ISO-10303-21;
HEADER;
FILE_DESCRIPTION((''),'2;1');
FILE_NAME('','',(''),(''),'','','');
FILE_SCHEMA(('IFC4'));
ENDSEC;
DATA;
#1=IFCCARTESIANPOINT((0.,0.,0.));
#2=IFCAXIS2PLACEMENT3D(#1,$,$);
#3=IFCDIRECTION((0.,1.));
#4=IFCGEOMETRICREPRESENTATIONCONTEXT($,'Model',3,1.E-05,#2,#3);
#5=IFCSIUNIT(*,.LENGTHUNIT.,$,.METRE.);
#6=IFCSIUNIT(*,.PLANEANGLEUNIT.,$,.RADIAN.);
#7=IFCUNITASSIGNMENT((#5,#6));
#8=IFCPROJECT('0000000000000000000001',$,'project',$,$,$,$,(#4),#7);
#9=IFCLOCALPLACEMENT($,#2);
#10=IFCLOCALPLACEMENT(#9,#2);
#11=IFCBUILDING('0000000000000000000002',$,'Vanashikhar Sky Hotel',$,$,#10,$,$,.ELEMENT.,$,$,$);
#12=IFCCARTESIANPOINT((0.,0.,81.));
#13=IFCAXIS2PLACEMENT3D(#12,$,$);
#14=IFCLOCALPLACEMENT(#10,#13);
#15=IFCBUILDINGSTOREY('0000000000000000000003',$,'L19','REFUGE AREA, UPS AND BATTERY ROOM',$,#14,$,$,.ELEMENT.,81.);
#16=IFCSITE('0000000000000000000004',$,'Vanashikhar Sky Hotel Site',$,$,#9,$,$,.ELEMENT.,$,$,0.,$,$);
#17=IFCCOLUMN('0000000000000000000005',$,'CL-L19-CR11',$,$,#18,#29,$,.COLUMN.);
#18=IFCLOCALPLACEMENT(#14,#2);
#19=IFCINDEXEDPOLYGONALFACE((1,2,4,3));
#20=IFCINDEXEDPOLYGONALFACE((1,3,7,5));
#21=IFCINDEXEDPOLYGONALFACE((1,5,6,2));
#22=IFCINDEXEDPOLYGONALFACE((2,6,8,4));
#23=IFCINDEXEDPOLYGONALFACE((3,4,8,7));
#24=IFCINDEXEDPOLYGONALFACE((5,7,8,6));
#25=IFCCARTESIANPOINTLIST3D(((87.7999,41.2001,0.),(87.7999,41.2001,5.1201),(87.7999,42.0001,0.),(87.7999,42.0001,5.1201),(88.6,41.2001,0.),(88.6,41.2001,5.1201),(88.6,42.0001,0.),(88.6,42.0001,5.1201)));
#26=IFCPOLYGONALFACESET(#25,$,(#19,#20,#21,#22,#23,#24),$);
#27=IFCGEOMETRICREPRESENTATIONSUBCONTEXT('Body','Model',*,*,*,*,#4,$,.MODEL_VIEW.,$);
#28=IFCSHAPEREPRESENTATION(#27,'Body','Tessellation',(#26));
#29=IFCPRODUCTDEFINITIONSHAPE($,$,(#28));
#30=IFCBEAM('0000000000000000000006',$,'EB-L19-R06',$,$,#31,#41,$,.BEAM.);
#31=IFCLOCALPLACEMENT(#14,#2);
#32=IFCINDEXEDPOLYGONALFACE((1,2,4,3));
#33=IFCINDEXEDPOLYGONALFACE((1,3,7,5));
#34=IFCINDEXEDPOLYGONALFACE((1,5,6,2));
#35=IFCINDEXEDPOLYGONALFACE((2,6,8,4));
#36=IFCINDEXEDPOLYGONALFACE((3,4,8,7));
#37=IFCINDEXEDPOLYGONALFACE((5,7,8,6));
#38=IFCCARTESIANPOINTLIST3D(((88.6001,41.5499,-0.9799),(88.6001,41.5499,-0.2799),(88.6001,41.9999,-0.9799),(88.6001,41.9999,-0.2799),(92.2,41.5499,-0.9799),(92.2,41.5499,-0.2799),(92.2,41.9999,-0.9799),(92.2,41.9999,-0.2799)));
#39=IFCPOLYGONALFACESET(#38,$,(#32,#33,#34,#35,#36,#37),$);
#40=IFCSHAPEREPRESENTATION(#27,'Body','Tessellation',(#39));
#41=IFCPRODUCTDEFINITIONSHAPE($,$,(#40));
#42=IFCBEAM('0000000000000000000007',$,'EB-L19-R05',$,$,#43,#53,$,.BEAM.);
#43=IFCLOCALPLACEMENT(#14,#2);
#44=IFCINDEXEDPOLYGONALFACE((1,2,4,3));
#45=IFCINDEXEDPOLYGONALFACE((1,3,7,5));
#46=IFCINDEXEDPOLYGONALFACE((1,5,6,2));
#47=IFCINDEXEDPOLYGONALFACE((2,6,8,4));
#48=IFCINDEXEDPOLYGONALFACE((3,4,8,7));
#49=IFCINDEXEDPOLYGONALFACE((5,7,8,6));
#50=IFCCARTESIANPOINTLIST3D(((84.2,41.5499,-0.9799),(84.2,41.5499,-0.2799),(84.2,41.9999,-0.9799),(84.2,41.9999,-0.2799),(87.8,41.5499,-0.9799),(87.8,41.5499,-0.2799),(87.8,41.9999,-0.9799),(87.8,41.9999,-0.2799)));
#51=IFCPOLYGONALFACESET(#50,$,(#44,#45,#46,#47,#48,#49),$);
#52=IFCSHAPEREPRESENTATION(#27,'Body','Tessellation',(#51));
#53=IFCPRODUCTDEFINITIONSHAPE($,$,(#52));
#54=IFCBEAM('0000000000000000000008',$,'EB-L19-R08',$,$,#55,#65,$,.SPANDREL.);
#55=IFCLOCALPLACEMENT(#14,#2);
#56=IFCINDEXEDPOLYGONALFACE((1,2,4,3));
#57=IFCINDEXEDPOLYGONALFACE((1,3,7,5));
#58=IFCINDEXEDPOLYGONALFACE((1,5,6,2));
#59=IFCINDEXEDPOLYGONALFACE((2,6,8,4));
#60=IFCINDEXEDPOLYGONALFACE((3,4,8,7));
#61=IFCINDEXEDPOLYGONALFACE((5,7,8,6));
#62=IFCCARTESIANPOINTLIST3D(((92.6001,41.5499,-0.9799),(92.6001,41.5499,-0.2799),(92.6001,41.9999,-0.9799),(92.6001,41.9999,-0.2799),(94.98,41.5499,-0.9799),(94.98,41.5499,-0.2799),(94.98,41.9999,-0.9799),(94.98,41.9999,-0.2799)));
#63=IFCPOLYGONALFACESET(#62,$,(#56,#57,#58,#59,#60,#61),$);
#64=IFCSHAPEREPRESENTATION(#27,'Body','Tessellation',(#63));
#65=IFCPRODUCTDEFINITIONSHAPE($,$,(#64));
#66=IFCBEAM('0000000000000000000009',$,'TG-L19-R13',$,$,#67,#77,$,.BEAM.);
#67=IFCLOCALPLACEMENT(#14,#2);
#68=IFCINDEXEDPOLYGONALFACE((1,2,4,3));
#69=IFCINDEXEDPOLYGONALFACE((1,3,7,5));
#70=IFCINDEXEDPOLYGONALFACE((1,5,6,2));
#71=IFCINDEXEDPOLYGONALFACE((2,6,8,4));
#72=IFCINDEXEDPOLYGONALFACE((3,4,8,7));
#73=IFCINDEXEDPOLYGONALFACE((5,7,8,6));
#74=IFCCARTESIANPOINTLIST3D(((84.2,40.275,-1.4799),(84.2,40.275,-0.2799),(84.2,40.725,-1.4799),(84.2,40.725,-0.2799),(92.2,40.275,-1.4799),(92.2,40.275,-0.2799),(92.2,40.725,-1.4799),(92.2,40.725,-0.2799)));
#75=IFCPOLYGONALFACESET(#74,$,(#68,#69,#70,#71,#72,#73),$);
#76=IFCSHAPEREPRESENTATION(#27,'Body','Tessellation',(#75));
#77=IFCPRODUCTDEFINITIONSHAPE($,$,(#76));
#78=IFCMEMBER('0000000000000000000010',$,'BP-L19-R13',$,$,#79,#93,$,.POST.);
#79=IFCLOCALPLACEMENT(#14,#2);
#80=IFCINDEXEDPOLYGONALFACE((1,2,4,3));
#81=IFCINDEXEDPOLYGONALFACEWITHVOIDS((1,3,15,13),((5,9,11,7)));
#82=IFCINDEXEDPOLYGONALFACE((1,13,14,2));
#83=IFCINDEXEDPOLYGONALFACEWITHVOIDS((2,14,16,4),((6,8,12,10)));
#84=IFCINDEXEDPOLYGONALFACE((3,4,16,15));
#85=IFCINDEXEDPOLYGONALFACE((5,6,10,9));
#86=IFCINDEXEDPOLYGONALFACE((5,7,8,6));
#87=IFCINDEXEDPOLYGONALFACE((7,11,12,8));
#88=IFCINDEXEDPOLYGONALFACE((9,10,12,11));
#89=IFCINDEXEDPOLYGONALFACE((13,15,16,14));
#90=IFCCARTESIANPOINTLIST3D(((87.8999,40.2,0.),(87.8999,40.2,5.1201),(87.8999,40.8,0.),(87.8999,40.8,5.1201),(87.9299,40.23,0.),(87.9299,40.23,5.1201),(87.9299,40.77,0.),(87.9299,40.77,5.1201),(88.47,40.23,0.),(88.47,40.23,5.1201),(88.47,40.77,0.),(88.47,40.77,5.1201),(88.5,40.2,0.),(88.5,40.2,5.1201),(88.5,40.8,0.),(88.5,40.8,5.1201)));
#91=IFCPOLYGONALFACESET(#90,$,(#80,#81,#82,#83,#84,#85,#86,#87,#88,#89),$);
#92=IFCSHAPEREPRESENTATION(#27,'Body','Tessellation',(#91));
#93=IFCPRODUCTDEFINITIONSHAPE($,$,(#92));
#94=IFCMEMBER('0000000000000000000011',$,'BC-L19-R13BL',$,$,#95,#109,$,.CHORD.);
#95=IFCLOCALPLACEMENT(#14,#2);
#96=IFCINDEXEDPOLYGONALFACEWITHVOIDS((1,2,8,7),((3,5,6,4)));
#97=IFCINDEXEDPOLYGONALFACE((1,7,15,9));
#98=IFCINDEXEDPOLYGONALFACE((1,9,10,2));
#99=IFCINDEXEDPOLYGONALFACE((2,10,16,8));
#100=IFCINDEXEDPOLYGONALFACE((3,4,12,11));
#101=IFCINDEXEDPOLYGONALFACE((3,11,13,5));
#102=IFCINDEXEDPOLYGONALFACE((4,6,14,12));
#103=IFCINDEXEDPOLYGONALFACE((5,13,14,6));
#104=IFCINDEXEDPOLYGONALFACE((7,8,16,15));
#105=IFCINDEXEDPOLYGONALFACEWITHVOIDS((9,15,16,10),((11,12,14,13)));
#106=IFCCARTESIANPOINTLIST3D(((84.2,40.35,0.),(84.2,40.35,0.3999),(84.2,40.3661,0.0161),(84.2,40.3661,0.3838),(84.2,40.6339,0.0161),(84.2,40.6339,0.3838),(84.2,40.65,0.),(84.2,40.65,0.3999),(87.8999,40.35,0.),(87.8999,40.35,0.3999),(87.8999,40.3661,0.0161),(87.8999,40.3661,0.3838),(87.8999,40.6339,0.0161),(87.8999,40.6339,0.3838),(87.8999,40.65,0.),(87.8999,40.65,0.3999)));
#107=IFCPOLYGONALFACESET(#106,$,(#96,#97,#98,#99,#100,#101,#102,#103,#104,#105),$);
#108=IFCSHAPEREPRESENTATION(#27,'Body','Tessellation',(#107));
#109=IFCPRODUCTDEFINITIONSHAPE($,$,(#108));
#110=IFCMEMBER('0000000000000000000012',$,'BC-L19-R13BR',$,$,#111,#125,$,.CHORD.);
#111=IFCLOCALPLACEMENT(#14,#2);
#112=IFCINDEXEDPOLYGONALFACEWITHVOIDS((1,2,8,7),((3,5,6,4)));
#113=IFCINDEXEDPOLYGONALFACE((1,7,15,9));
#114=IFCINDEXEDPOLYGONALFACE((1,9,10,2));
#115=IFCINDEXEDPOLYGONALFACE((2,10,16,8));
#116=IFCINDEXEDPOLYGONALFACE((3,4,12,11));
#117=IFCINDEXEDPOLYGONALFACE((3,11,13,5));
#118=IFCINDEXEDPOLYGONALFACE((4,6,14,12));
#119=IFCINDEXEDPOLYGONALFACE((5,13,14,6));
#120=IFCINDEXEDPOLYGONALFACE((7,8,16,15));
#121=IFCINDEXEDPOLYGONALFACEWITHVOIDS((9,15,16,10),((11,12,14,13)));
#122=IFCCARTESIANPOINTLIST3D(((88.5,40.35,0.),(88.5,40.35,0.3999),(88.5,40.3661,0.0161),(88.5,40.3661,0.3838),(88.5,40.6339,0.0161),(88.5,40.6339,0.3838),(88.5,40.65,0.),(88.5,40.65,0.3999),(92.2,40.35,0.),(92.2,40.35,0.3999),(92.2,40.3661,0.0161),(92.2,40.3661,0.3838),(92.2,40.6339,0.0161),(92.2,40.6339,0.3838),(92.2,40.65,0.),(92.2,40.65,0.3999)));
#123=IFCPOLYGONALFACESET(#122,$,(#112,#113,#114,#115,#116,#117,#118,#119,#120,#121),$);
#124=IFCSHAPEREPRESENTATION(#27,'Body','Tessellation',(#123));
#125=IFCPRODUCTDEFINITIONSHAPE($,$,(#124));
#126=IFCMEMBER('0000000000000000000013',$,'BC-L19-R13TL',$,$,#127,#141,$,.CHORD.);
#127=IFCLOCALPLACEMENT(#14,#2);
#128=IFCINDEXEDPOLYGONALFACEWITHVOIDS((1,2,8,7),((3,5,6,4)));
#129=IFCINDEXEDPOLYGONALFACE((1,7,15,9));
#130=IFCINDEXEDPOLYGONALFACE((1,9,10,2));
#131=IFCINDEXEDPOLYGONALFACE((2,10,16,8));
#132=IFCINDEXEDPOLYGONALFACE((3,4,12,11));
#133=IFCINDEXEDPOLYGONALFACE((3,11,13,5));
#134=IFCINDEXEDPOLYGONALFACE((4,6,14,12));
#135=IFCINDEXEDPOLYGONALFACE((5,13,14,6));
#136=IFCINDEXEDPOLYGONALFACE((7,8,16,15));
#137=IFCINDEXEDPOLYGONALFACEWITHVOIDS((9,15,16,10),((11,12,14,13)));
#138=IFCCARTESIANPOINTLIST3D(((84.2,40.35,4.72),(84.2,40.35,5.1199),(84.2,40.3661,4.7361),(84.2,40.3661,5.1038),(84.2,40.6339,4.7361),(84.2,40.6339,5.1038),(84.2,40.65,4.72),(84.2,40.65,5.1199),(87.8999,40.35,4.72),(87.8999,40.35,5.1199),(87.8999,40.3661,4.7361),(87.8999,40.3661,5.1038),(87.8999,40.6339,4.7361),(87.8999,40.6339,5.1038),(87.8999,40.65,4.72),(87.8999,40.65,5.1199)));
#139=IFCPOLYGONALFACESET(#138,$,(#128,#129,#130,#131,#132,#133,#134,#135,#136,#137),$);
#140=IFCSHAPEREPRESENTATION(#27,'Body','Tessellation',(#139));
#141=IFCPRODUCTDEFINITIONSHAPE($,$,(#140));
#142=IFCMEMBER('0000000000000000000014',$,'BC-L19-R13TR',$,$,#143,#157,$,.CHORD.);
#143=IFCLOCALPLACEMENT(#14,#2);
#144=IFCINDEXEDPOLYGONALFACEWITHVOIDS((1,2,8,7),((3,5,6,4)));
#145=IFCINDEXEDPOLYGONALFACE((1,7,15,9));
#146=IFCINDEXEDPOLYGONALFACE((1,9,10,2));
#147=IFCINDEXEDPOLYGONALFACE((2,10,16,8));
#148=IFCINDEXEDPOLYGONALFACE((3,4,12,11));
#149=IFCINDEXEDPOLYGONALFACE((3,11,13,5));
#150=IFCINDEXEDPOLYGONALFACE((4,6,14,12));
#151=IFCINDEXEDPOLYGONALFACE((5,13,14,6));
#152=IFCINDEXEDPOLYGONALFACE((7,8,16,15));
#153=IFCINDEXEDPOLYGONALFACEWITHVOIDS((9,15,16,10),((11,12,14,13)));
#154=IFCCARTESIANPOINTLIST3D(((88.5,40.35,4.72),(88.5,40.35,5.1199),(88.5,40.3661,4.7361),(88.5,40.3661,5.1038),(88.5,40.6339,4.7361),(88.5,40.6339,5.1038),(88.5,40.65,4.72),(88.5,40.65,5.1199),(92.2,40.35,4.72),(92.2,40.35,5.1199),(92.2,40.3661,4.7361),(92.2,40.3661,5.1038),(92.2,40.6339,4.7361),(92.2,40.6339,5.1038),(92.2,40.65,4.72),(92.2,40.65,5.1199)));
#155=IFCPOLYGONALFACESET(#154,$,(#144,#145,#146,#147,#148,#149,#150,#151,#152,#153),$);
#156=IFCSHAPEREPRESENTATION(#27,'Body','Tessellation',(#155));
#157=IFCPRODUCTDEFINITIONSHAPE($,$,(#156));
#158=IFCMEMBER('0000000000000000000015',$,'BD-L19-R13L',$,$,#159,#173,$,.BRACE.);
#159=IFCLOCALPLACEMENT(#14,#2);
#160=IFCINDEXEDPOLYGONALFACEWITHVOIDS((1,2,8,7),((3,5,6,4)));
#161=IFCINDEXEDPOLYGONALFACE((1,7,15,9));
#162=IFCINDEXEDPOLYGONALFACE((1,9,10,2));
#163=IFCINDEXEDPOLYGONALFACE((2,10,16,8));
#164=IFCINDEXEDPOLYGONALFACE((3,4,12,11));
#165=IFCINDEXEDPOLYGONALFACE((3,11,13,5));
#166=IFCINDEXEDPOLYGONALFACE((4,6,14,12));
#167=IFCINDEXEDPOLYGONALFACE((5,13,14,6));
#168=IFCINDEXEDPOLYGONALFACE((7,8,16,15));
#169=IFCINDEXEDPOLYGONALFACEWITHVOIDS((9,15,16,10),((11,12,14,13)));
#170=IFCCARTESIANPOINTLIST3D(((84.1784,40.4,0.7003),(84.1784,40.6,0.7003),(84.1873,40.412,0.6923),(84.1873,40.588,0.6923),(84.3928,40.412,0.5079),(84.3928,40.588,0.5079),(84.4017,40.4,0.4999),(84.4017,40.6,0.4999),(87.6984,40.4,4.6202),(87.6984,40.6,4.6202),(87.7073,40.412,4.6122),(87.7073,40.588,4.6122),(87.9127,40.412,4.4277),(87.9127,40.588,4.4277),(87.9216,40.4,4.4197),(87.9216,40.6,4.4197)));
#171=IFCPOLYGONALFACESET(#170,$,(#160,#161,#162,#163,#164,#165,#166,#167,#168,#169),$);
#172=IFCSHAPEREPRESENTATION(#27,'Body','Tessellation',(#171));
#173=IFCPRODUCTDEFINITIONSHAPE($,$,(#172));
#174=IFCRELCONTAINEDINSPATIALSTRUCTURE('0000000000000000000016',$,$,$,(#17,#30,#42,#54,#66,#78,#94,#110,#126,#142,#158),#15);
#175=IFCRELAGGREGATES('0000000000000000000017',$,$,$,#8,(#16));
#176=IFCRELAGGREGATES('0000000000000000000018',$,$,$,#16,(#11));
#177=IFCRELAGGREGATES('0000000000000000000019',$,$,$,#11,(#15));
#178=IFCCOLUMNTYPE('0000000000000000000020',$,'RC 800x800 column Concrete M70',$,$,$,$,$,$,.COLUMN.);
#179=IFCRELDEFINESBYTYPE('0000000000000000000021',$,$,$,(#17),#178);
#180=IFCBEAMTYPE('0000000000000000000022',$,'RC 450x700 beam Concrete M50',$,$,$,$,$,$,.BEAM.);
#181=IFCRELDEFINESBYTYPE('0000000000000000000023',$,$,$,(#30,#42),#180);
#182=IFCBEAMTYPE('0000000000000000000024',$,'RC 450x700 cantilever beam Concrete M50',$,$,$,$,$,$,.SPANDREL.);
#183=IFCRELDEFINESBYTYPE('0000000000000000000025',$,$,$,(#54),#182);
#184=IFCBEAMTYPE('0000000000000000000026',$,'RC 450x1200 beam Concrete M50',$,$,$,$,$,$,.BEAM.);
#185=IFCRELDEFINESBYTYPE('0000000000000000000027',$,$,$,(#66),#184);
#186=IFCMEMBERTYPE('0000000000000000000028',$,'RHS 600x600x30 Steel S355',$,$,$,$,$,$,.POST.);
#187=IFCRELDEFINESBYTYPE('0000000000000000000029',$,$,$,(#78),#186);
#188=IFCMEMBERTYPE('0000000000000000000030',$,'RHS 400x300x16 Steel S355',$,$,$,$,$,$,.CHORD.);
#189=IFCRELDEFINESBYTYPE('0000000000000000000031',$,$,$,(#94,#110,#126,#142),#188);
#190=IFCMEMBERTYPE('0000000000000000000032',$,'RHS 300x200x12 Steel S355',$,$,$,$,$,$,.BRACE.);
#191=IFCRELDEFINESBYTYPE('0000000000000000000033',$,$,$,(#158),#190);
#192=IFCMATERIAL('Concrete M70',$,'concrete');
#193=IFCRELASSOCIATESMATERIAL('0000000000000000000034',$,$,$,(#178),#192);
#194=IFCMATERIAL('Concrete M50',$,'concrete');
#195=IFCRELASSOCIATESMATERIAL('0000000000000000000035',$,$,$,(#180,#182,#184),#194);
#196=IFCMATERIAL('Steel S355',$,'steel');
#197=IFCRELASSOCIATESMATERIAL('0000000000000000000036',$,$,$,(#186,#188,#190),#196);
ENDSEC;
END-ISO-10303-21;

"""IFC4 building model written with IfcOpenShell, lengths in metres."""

from ifc_helpers import new_model, si_unit, direction, frame, origin, origin_2d, place, context, subcontext, project, spatial, rectangle, hollow_rectangle, extrude, source, transform, mapped, material, material_profile, profile_set, type_object, element, save


model = new_model("IFC4")

# Units and contexts
model_context = context("Model", 3, precision=1e-05, world=origin(), true_north=direction((0.0, 1.0)))
body_context = subcontext(model_context, "Body", "Model", "MODEL_VIEW")
ifc_project = project(units=[si_unit("LENGTHUNIT", "METRE"), si_unit("PLANEANGLEUNIT", "RADIAN")], contexts=[model_context])

# Site, building, storey
site_placement = place(None, origin())
site = spatial("IfcSite", under=ifc_project, at=site_placement, Name="Vanashikhar Sky Hotel Site", CompositionType="ELEMENT", RefElevation=0.0)
building_placement = place(site_placement, origin())
building = spatial("IfcBuilding", under=site, at=building_placement, Name="Vanashikhar Sky Hotel", CompositionType="ELEMENT")
storey_placement = place(building_placement, frame((0.0, 0.0, 81.0)))
storey = spatial("IfcBuildingStorey", under=building, at=storey_placement, Name="L19", Description="REFUGE AREA, UPS AND BATTERY ROOM", CompositionType="ELEMENT", Elevation=81.0)

# Column
ifc_material_1 = material(Name="Concrete M70", Category="concrete")
ifc_material_profile_1 = material_profile(ifc_material_1, rectangle(XDim=0.8, YDim=0.8, at=origin_2d()))
ifc_profile_set_1 = profile_set([ifc_material_profile_1], Name="RC 800x800 column Concrete M70")
column_type = type_object("IfcColumnType", Name="RC 800x800 column Concrete M70", PredefinedType="COLUMN", material=ifc_profile_set_1)
shared_shape_1 = source(origin(), body_context, "Body", "SweptSolid", [
    extrude(rectangle(XDim=0.8, YDim=0.8, at=origin_2d()), origin(), (0.0, 0.0, 1.0), 5.1201),
])
column_placement = place(storey_placement, frame((88.2, 41.6001, 0.0), z_axis=(0.0, 0.0, 1.0), x_axis=(1.0, 0.0, 0.0)))
element("IfcColumn", 1, at=column_placement, inside=storey, type_object=column_type, Name="CL-L19-CR11", PredefinedType="COLUMN", context=body_context, shape_type="MappedRepresentation", body=[
    mapped(shared_shape_1, transform((0.0, 0.0, 0.0), scale=1.0)),
])

# Beams
ifc_material_2 = material(Name="Concrete M50", Category="concrete")
ifc_material_profile_2 = material_profile(ifc_material_2, rectangle(XDim=0.45, YDim=0.7, at=origin_2d()))
ifc_profile_set_2 = profile_set([ifc_material_profile_2], Name="RC 450x700 beam Concrete M50")
beam_type_1 = type_object("IfcBeamType", Name="RC 450x700 beam Concrete M50", PredefinedType="BEAM", material=ifc_profile_set_2)
shared_shape_2 = source(origin(), body_context, "Body", "SweptSolid", [
    extrude(rectangle(XDim=0.45, YDim=0.7, at=origin_2d()), origin(), (0.0, 0.0, 1.0), 3.5999),
])
beam_1_placement = place(storey_placement, frame((88.6001, 41.7749, -0.6299), z_axis=(1.0, 0.0, 0.0), x_axis=(0.0, 1.0, 0.0)))
element("IfcBeam", 2, at=beam_1_placement, inside=storey, type_object=beam_type_1, Name="EB-L19-R06", PredefinedType="BEAM", context=body_context, shape_type="MappedRepresentation", body=[
    mapped(shared_shape_2, transform((0.0, 0.0, 0.0), scale=1.0)),
])
shared_shape_3 = source(origin(), body_context, "Body", "SweptSolid", [
    extrude(rectangle(XDim=0.45, YDim=0.7, at=origin_2d()), origin(), (0.0, 0.0, 1.0), 3.6001),
])
beam_2_placement = place(storey_placement, frame((84.2, 41.7749, -0.6299), z_axis=(1.0, 0.0, 0.0), x_axis=(0.0, 1.0, 0.0)))
element("IfcBeam", 3, at=beam_2_placement, inside=storey, type_object=beam_type_1, Name="EB-L19-R05", PredefinedType="BEAM", context=body_context, shape_type="MappedRepresentation", body=[
    mapped(shared_shape_3, transform((0.0, 0.0, 0.0), scale=1.0)),
])
ifc_material_profile_3 = material_profile(ifc_material_2, rectangle(XDim=0.45, YDim=0.7, at=origin_2d()))
ifc_profile_set_3 = profile_set([ifc_material_profile_3], Name="RC 450x700 cantilever beam Concrete M50")
beam_type_2 = type_object("IfcBeamType", Name="RC 450x700 cantilever beam Concrete M50", PredefinedType="SPANDREL", material=ifc_profile_set_3)
shared_shape_4 = source(origin(), body_context, "Body", "SweptSolid", [
    extrude(rectangle(XDim=0.45, YDim=0.7, at=origin_2d()), origin(), (0.0, 0.0, 1.0), 2.3799),
])
beam_3_placement = place(storey_placement, frame((92.6001, 41.7749, -0.6299), z_axis=(1.0, 0.0, 0.0), x_axis=(0.0, 1.0, 0.0)))
element("IfcBeam", 4, at=beam_3_placement, inside=storey, type_object=beam_type_2, Name="EB-L19-R08", PredefinedType="SPANDREL", context=body_context, shape_type="MappedRepresentation", body=[
    mapped(shared_shape_4, transform((0.0, 0.0, 0.0), scale=1.0)),
])
ifc_material_profile_4 = material_profile(ifc_material_2, rectangle(XDim=0.45, YDim=1.2, at=origin_2d()))
ifc_profile_set_4 = profile_set([ifc_material_profile_4], Name="RC 450x1200 beam Concrete M50")
beam_type_3 = type_object("IfcBeamType", Name="RC 450x1200 beam Concrete M50", PredefinedType="BEAM", material=ifc_profile_set_4)
shared_shape_5 = source(origin(), body_context, "Body", "SweptSolid", [
    extrude(rectangle(XDim=0.45, YDim=1.2, at=origin_2d()), origin(), (0.0, 0.0, 1.0), 8.0),
])
beam_4_placement = place(storey_placement, frame((84.2, 40.5, -0.8799), z_axis=(1.0, 0.0, 0.0), x_axis=(0.0, 1.0, 0.0)))
element("IfcBeam", 5, at=beam_4_placement, inside=storey, type_object=beam_type_3, Name="TG-L19-R13", PredefinedType="BEAM", context=body_context, shape_type="MappedRepresentation", body=[
    mapped(shared_shape_5, transform((0.0, 0.0, 0.0), scale=1.0)),
])

# Members
ifc_material_3 = material(Name="Steel S355", Category="steel")
ifc_material_profile_5 = material_profile(ifc_material_3, hollow_rectangle(XDim=0.6001, YDim=0.6001, WallThickness=0.03, at=origin_2d()))
ifc_profile_set_5 = profile_set([ifc_material_profile_5], Name="RHS 600x600x30 Steel S355")
member_type_1 = type_object("IfcMemberType", Name="RHS 600x600x30 Steel S355", PredefinedType="POST", material=ifc_profile_set_5)
shared_shape_6 = source(origin(), body_context, "Body", "SweptSolid", [
    extrude(hollow_rectangle(XDim=0.6001, YDim=0.6001, WallThickness=0.03, at=origin_2d()), origin(), (0.0, 0.0, 1.0), 5.1201),
])
member_placement = place(storey_placement, frame((88.2, 40.5, 0.0), z_axis=(0.0, 0.0, 1.0), x_axis=(1.0, 0.0, 0.0)))
element("IfcMember", 6, at=member_placement, inside=storey, type_object=member_type_1, Name="BP-L19-R13", PredefinedType="POST", context=body_context, shape_type="MappedRepresentation", body=[
    mapped(shared_shape_6, transform((0.0, 0.0, 0.0), scale=1.0)),
])
ifc_material_profile_6 = material_profile(ifc_material_3, hollow_rectangle(XDim=0.3, YDim=0.3999, WallThickness=0.0161, at=origin_2d()))
ifc_profile_set_6 = profile_set([ifc_material_profile_6], Name="RHS 400x300x16 Steel S355")
member_type_2 = type_object("IfcMemberType", Name="RHS 400x300x16 Steel S355", PredefinedType="CHORD", material=ifc_profile_set_6)
shared_shape_7 = source(origin(), body_context, "Body", "SweptSolid", [
    extrude(hollow_rectangle(XDim=0.3, YDim=0.3999, WallThickness=0.0161, at=origin_2d()), origin(), (0.0, 0.0, 1.0), 3.7),
])
for number, where, z_axis, x_axis, name in (
    (7, (84.2, 40.5, 0.2), (1.0, 0.0, 0.0), (0.0, 1.0, 0.0), "BC-L19-R13BL"),
    (8, (88.5, 40.5, 0.2), (1.0, 0.0, 0.0), (0.0, 1.0, 0.0), "BC-L19-R13BR"),
    (9, (84.2, 40.5, 4.9199), (1.0, 0.0, 0.0), (0.0, 1.0, 0.0), "BC-L19-R13TL"),
    (10, (88.5, 40.5, 4.9199), (1.0, 0.0, 0.0), (0.0, 1.0, 0.0), "BC-L19-R13TR"),
):
    element("IfcMember", number, at=place(storey_placement, frame(where, z_axis=z_axis, x_axis=x_axis)), inside=storey, type_object=member_type_2, Name=name, PredefinedType="CHORD", context=body_context, shape_type="MappedRepresentation", body=[
        mapped(shared_shape_7, transform((0.0, 0.0, 0.0), scale=1.0)),
    ])
ifc_material_profile_7 = material_profile(ifc_material_3, hollow_rectangle(XDim=0.2, YDim=0.3, WallThickness=0.012, at=origin_2d()))
ifc_profile_set_7 = profile_set([ifc_material_profile_7], Name="RHS 300x200x12 Steel S355")
member_type_3 = type_object("IfcMemberType", Name="RHS 300x200x12 Steel S355", PredefinedType="BRACE", material=ifc_profile_set_7)
shared_shape_8 = source(origin(), body_context, "Body", "SweptSolid", [
    extrude(hollow_rectangle(XDim=0.2, YDim=0.3, WallThickness=0.012, at=origin_2d()), origin(), (0.0, 0.0, 1.0), 5.2683),
])
for number, where, z_axis, x_axis, name in (
    (11, (84.29, 40.5, 0.6001), (0.668135, 0.0, 0.74404), (0.0, 1.0, 0.0), "BD-L19-R13L"),
):
    element("IfcMember", number, at=place(storey_placement, frame(where, z_axis=z_axis, x_axis=x_axis)), inside=storey, type_object=member_type_3, Name=name, PredefinedType="BRACE", context=body_context, shape_type="MappedRepresentation", body=[
        mapped(shared_shape_8, transform((0.0, 0.0, 0.0), scale=1.0)),
    ])

save(model, "model.ifc")
